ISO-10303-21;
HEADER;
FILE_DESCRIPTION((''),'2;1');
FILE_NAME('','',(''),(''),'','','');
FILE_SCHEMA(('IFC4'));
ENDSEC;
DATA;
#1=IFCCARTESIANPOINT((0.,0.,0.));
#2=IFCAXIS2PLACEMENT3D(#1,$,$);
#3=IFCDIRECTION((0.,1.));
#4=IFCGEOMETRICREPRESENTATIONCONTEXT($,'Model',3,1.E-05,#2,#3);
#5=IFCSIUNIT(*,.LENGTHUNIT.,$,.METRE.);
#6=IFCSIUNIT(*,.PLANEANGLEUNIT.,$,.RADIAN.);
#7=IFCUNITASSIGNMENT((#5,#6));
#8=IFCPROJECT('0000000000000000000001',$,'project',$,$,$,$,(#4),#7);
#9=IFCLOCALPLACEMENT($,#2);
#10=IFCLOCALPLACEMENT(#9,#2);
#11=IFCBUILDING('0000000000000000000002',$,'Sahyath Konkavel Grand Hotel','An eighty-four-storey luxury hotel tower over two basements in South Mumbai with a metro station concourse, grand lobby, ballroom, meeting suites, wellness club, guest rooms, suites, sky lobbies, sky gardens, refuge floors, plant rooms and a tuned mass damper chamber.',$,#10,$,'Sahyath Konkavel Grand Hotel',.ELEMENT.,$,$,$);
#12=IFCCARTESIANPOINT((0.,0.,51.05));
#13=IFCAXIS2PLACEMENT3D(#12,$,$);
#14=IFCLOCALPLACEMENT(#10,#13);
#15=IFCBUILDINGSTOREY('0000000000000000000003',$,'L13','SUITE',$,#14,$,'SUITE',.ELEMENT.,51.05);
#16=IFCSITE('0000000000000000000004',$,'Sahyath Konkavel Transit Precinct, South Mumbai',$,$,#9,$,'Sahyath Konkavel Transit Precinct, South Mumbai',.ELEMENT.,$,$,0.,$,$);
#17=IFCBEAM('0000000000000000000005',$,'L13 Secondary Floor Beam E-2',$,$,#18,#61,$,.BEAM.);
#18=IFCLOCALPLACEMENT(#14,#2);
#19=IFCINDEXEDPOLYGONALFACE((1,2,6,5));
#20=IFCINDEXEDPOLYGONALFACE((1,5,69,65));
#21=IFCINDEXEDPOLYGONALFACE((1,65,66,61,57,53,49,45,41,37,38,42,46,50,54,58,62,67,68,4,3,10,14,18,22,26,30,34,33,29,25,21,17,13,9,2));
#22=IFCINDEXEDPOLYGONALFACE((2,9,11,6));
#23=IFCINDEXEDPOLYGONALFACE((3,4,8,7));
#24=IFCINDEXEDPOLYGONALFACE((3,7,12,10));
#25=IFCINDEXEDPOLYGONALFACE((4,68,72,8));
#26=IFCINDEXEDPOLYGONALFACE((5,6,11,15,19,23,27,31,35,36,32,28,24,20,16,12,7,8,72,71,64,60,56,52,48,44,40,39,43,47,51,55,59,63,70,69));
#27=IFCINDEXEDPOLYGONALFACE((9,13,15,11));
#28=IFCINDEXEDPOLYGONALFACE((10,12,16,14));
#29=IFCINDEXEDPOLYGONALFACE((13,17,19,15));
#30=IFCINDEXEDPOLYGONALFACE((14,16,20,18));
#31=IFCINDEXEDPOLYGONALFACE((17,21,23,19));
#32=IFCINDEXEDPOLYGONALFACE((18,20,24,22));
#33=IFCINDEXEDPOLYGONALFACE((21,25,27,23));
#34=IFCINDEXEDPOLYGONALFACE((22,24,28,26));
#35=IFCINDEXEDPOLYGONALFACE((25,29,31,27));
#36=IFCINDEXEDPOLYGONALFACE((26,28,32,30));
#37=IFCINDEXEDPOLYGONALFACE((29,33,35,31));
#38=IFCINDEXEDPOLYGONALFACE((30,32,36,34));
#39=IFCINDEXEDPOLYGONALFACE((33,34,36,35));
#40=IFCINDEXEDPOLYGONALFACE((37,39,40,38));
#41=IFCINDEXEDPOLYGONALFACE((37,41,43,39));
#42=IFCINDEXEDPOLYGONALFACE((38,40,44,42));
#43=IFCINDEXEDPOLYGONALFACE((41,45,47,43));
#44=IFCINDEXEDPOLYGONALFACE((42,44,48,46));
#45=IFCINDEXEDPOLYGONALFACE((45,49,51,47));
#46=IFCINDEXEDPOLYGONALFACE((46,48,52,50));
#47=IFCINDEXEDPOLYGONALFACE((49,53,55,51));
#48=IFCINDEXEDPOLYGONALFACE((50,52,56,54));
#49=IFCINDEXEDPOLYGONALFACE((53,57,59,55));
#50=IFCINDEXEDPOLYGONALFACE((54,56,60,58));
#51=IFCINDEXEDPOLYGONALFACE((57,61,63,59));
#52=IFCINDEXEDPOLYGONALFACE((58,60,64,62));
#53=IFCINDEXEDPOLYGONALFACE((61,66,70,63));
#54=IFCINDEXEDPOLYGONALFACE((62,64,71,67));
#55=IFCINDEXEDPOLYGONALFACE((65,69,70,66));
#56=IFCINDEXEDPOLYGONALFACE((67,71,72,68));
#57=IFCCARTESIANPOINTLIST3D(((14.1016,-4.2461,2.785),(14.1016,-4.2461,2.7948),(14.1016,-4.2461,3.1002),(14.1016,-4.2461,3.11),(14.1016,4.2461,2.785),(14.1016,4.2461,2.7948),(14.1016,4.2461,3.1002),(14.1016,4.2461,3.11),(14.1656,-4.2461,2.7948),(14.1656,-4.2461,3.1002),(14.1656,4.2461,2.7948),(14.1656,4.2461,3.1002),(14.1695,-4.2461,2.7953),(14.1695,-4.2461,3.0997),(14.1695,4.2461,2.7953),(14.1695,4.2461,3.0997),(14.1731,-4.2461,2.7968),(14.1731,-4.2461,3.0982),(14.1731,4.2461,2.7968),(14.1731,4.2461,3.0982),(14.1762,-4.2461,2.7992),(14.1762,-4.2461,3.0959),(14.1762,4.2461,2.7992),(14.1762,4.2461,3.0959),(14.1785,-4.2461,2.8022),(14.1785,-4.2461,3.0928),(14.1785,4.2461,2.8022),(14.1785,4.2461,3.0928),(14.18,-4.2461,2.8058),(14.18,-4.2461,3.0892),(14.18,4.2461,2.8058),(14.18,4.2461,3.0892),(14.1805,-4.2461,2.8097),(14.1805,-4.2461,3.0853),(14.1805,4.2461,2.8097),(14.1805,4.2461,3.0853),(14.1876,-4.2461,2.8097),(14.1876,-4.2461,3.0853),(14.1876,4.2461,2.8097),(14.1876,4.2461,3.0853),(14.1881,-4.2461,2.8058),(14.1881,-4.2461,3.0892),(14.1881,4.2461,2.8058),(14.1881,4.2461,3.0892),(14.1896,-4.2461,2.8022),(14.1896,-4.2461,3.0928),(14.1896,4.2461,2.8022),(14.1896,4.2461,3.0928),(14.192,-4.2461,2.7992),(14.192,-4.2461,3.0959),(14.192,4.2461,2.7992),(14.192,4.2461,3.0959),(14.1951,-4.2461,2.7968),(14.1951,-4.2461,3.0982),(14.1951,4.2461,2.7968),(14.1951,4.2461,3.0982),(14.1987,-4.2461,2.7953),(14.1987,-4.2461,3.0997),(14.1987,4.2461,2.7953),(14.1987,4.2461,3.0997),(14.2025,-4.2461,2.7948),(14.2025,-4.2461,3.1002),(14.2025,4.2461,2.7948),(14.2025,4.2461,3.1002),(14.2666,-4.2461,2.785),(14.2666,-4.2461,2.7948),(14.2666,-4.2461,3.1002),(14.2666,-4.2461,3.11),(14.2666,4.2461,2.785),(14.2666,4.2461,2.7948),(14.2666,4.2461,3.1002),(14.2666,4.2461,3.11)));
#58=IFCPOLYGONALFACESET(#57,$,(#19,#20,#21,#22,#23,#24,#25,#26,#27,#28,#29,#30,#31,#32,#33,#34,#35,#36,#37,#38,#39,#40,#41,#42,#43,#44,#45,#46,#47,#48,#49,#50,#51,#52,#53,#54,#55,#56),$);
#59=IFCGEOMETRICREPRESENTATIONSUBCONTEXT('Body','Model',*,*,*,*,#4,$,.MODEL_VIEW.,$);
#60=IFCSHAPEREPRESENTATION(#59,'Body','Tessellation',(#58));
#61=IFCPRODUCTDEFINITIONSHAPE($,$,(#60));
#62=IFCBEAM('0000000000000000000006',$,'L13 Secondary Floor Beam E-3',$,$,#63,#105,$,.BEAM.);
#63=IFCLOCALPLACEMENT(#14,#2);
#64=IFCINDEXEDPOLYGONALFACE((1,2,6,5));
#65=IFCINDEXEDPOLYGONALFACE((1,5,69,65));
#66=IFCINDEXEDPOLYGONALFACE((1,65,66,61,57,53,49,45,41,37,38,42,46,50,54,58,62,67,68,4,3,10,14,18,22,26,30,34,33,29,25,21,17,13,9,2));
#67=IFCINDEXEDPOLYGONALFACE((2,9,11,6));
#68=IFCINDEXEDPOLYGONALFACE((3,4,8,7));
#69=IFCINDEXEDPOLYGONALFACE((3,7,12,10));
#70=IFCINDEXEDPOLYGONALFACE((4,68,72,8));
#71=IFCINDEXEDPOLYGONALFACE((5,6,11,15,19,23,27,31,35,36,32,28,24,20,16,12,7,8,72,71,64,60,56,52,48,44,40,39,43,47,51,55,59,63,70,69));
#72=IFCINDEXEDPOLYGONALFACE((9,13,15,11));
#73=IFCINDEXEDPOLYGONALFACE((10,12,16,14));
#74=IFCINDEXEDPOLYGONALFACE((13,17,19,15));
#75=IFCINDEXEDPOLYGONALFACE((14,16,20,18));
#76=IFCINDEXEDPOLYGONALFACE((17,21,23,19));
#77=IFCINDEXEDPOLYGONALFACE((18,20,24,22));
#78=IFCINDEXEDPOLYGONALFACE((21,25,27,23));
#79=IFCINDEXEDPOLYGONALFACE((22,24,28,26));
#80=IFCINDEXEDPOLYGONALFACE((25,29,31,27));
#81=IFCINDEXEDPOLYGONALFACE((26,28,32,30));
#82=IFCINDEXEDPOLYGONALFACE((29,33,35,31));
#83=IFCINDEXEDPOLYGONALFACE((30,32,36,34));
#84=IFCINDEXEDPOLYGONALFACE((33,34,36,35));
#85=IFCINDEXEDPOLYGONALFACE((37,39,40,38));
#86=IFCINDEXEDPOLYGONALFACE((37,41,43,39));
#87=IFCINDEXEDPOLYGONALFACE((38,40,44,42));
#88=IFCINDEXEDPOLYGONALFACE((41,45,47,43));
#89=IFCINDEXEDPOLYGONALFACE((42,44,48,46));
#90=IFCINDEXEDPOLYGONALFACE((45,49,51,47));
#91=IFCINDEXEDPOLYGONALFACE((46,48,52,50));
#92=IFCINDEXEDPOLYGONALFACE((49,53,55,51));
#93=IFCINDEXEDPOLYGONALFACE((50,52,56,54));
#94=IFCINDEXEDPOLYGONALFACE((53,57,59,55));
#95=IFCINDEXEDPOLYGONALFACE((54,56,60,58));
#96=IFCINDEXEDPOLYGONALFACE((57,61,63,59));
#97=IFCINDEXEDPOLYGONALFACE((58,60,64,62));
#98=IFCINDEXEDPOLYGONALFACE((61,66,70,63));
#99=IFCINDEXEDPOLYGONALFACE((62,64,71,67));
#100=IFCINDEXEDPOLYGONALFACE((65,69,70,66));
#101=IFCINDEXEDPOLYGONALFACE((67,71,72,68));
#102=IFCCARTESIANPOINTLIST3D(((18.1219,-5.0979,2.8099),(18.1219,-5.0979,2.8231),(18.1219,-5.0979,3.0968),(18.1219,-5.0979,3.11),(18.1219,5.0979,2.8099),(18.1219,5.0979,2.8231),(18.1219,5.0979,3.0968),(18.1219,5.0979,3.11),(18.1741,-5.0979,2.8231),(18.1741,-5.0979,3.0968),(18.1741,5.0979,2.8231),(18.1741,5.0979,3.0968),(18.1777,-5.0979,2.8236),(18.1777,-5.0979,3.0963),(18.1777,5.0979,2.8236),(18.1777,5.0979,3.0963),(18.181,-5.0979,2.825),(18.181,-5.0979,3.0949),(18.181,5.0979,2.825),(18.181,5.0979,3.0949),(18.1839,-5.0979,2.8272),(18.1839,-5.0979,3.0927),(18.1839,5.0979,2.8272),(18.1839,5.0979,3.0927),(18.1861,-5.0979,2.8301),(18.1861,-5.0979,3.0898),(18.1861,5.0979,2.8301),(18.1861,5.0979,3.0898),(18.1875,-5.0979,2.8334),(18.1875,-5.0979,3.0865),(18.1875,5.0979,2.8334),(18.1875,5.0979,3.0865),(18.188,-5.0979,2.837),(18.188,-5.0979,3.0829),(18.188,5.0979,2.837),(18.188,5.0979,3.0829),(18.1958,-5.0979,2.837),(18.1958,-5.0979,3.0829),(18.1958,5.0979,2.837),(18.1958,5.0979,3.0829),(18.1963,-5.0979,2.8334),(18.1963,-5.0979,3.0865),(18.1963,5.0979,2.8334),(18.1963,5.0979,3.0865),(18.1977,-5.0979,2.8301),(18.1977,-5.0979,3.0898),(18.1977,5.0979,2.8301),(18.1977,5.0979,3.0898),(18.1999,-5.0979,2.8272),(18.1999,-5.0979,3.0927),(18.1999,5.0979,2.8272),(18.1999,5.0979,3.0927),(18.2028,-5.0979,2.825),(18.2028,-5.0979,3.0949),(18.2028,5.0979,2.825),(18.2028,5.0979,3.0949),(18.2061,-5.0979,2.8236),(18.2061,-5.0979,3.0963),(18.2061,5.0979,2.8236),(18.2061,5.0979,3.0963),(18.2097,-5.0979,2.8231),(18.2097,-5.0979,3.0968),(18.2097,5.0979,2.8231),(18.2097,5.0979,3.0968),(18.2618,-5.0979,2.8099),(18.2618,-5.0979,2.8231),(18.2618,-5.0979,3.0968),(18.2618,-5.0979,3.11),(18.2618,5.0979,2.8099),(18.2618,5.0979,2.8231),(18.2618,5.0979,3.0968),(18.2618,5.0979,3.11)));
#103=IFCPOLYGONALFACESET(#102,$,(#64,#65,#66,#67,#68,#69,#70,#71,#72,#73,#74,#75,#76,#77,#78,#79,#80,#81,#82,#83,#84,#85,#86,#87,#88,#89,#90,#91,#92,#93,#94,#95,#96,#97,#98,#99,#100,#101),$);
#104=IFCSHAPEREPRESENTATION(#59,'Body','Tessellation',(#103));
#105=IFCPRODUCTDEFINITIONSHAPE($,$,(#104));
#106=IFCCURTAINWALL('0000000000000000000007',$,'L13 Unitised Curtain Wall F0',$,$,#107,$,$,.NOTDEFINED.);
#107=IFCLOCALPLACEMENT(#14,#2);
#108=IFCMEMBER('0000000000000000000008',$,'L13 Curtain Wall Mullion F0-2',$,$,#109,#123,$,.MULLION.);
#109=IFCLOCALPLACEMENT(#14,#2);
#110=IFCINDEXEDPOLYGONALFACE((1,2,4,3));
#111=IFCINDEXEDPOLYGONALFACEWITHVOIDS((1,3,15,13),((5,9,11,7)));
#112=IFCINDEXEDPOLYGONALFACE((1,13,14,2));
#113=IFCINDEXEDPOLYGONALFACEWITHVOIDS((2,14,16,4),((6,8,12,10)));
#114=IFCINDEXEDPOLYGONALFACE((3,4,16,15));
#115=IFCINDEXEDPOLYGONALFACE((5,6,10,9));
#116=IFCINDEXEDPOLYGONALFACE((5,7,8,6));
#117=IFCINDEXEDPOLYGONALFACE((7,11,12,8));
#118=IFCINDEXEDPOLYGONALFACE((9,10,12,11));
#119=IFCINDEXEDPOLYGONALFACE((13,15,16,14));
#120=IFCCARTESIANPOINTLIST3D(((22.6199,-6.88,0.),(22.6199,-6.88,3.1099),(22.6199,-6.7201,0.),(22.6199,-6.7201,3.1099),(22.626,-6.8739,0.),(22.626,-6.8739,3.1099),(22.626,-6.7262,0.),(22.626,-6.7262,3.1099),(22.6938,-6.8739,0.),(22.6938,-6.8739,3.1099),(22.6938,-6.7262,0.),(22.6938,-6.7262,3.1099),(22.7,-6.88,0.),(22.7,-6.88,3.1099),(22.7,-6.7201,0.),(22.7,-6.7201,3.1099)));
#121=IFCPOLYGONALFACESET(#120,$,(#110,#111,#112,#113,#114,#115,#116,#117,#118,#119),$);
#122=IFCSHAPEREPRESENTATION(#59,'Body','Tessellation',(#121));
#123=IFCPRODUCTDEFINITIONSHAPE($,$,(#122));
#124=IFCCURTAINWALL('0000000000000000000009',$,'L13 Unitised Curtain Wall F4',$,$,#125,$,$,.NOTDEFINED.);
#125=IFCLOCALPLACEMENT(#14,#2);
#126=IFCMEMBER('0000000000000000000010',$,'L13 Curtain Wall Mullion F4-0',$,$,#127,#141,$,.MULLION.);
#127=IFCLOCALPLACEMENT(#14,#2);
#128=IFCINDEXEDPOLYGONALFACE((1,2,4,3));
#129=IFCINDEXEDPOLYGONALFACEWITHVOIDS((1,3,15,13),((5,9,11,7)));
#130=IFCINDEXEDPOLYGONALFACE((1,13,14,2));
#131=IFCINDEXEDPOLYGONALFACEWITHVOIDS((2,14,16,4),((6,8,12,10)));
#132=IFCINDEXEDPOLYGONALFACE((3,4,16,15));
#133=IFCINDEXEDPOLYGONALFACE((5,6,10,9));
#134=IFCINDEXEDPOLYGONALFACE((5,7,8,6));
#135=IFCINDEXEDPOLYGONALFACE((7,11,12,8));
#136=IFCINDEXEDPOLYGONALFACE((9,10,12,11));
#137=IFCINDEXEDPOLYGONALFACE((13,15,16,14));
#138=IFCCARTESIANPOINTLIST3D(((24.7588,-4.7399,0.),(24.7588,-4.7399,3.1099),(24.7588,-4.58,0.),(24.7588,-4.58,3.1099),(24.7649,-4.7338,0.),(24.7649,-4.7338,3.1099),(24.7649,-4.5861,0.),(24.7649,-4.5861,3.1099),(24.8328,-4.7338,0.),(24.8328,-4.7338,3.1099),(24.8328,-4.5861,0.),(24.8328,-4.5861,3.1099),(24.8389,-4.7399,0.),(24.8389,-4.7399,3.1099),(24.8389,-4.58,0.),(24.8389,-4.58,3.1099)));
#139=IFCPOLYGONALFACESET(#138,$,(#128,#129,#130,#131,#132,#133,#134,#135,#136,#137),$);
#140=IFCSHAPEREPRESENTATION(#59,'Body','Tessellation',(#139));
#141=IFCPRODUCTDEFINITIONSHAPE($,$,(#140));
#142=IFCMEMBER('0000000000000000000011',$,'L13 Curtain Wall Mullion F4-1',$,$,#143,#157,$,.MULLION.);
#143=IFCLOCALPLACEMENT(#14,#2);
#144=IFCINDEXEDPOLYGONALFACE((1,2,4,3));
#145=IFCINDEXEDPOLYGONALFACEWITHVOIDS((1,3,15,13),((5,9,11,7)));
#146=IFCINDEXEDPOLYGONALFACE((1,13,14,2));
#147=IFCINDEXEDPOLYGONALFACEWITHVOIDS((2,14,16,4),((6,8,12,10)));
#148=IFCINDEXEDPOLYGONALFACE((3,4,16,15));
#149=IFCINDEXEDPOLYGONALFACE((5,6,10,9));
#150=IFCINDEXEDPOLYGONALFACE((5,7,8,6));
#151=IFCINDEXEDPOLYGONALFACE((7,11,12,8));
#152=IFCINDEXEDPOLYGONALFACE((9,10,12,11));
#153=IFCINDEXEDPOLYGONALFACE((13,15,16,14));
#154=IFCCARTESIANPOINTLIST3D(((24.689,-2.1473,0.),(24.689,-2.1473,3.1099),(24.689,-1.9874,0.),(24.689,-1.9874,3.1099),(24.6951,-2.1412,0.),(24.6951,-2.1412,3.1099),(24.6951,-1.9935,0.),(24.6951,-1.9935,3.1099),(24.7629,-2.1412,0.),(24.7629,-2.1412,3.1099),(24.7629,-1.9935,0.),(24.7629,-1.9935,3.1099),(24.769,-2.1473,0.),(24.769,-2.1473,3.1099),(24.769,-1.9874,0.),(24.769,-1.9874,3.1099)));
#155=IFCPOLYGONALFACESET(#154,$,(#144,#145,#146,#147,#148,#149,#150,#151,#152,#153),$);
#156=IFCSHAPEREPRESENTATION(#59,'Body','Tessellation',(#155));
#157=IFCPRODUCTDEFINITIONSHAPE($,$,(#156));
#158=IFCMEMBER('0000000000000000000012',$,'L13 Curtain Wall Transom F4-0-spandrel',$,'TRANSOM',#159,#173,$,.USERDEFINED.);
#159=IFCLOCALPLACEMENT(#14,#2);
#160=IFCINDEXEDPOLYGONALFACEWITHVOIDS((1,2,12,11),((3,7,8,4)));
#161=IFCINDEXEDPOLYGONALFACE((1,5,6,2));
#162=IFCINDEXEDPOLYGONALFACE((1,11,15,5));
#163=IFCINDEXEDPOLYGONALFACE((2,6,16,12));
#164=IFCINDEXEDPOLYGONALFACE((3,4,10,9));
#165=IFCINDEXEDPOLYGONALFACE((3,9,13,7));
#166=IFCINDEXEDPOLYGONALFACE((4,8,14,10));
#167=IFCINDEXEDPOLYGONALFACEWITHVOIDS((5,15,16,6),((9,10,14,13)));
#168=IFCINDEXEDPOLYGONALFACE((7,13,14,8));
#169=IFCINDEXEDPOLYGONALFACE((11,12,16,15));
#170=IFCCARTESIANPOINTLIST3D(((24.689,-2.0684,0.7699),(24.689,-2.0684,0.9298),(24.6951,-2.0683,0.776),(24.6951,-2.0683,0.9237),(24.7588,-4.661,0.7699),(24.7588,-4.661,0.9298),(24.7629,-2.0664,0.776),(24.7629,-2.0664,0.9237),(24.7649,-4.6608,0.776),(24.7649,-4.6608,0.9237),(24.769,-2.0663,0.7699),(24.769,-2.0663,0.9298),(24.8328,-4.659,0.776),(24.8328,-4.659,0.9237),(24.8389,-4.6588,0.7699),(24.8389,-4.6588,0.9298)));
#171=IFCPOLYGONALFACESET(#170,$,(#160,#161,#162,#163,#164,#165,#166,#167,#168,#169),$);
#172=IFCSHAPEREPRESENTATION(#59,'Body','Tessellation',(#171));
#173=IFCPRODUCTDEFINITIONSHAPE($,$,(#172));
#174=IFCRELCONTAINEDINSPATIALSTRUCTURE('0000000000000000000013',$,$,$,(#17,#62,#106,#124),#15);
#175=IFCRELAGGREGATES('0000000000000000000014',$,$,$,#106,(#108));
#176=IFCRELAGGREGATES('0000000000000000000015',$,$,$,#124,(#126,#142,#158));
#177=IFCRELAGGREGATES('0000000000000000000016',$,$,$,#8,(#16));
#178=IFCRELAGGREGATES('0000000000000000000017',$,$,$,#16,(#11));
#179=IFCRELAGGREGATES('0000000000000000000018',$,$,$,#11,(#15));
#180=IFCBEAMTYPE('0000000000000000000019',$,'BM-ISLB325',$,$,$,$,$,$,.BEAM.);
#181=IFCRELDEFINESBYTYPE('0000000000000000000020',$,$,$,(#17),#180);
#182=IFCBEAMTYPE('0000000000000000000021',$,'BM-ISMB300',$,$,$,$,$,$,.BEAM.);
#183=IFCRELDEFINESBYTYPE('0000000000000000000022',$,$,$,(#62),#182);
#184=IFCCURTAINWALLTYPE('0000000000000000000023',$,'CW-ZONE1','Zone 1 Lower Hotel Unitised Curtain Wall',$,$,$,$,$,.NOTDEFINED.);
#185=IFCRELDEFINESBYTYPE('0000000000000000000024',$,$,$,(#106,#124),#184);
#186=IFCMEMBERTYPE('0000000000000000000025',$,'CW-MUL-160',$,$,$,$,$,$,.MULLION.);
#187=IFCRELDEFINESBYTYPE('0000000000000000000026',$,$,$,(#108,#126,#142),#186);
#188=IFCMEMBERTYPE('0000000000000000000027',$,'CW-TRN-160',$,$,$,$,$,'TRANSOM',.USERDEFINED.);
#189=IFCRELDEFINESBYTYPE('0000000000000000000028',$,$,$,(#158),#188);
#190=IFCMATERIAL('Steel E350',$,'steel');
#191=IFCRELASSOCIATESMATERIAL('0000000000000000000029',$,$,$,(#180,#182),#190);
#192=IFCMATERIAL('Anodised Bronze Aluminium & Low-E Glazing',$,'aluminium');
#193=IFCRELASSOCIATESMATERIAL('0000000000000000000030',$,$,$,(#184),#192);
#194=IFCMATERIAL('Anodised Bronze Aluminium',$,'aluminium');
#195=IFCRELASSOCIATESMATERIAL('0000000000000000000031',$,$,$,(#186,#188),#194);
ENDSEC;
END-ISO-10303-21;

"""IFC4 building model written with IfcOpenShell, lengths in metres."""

from ifc_helpers import new_model, si_unit, direction, frame, origin, origin_2d, place, context, subcontext, project, spatial, hollow_rectangle, i_section, extrude, source, transform, mapped, material, material_profile, profile_set, type_object, element, aggregate, save


model = new_model("IFC4")

# Units and contexts
model_context = context("Model", 3, precision=1e-05, world=origin(), true_north=direction((0.0, 1.0)))
body_context = subcontext(model_context, "Body", "Model", "MODEL_VIEW")
ifc_project = project(units=[si_unit("LENGTHUNIT", "METRE"), si_unit("PLANEANGLEUNIT", "RADIAN")], contexts=[model_context])

# Site, building, storey
site_placement = place(None, origin())
site = spatial("IfcSite", under=ifc_project, at=site_placement, Name="Sahyath Konkavel Transit Precinct, South Mumbai", LongName="Sahyath Konkavel Transit Precinct, South Mumbai", CompositionType="ELEMENT", RefElevation=0.0)
building_placement = place(site_placement, origin())
building = spatial("IfcBuilding", under=site, at=building_placement, Name="Sahyath Konkavel Grand Hotel", Description="An eighty-four-storey luxury hotel tower over two basements in South Mumbai with a metro station concourse, grand lobby, ballroom, meeting suites, wellness club, guest rooms, suites, sky lobbies, sky gardens, refuge floors, plant rooms and a tuned mass damper chamber.", LongName="Sahyath Konkavel Grand Hotel", CompositionType="ELEMENT")
storey_placement = place(building_placement, frame((0.0, 0.0, 51.05)))
storey = spatial("IfcBuildingStorey", under=building, at=storey_placement, Name="L13", Description="SUITE", LongName="SUITE", CompositionType="ELEMENT", Elevation=51.05)

# Beams
ifc_material_1 = material(Name="Steel E350", Category="steel")
ifc_material_profile_1 = material_profile(ifc_material_1, i_section(OverallWidth=0.165, OverallDepth=0.325, WebThickness=0.0071, FlangeThickness=0.0098, FilletRadius=0.0149, at=origin_2d()), Name="ISLB 325")
ifc_profile_set_1 = profile_set([ifc_material_profile_1], Name="Steel E350")
beam_type_1 = type_object("IfcBeamType", Name="BM-ISLB325", PredefinedType="BEAM", material=ifc_profile_set_1)
shared_shape_1 = source(origin(), body_context, "Body", "SweptSolid", [
    extrude(i_section(OverallWidth=0.165, OverallDepth=0.325, WebThickness=0.0071, FlangeThickness=0.0098, FilletRadius=0.0149, at=origin_2d()), origin(), (0.0, 0.0, 1.0), 8.4922),
])
beam_1_placement = place(storey_placement, frame((14.1841, -4.2461, 2.9475), z_axis=(0.0, 1.0, 0.0), x_axis=(-1.0, 0.0, 0.0)))
element("IfcBeam", 1, at=beam_1_placement, inside=storey, type_object=beam_type_1, Name="L13 Secondary Floor Beam E-2", PredefinedType="BEAM", context=body_context, shape_type="MappedRepresentation", body=[
    mapped(shared_shape_1, transform((0.0, 0.0, 0.0), scale=1.0)),
])
ifc_material_profile_2 = material_profile(ifc_material_1, i_section(OverallWidth=0.1399, OverallDepth=0.3, WebThickness=0.0078, FlangeThickness=0.0132, FilletRadius=0.0139, at=origin_2d()), Name="ISMB 300")
ifc_profile_set_2 = profile_set([ifc_material_profile_2], Name="Steel E350")
beam_type_2 = type_object("IfcBeamType", Name="BM-ISMB300", PredefinedType="BEAM", material=ifc_profile_set_2)
shared_shape_2 = source(origin(), body_context, "Body", "SweptSolid", [
    extrude(i_section(OverallWidth=0.1399, OverallDepth=0.3, WebThickness=0.0078, FlangeThickness=0.0132, FilletRadius=0.0139, at=origin_2d()), origin(), (0.0, 0.0, 1.0), 10.1958),
])
beam_2_placement = place(storey_placement, frame((18.1919, -5.0979, 2.96), z_axis=(0.0, 1.0, 0.0), x_axis=(-1.0, 0.0, 0.0)))
element("IfcBeam", 2, at=beam_2_placement, inside=storey, type_object=beam_type_2, Name="L13 Secondary Floor Beam E-3", PredefinedType="BEAM", context=body_context, shape_type="MappedRepresentation", body=[
    mapped(shared_shape_2, transform((0.0, 0.0, 0.0), scale=1.0)),
])

# Curtain wall, member
ifc_material_2 = material(Name="Anodised Bronze Aluminium & Low-E Glazing", Category="aluminium")
curtain_wall_type = type_object("IfcCurtainWallType", Name="CW-ZONE1", Description="Zone 1 Lower Hotel Unitised Curtain Wall", PredefinedType="NOTDEFINED", material=ifc_material_2)
curtain_wall_1_placement = place(storey_placement, origin())
curtain_wall_1 = element("IfcCurtainWall", 3, at=curtain_wall_1_placement, inside=storey, type_object=curtain_wall_type, Name="L13 Unitised Curtain Wall F0", PredefinedType="NOTDEFINED")
ifc_material_3 = material(Name="Anodised Bronze Aluminium", Category="aluminium")
ifc_material_profile_3 = material_profile(ifc_material_3, hollow_rectangle(XDim=0.0801, YDim=0.1599, WallThickness=0.0061, at=origin_2d()), Name="RHS 160x80x6")
ifc_profile_set_3 = profile_set([ifc_material_profile_3], Name="Anodised Bronze Aluminium")
member_type_1 = type_object("IfcMemberType", Name="CW-MUL-160", PredefinedType="MULLION", material=ifc_profile_set_3)
shared_shape_3 = source(origin(), body_context, "Body", "SweptSolid", [
    extrude(hollow_rectangle(XDim=0.0801, YDim=0.1599, WallThickness=0.0061, at=origin_2d()), origin(), (0.0, 0.0, 1.0), 3.1099),
])
member_1_placement = place(storey_placement, frame((22.6599, -6.8, 0.0), z_axis=(0.0, 0.0, 1.0), x_axis=(1.0, 0.0, 0.0)))
member_1 = element("IfcMember", 4, at=member_1_placement, type_object=member_type_1, Name="L13 Curtain Wall Mullion F0-2", PredefinedType="MULLION", context=body_context, shape_type="MappedRepresentation", body=[
    mapped(shared_shape_3, transform((0.0, 0.0, 0.0), scale=1.0)),
])
aggregate(curtain_wall_1, [member_1])

# Curtain wall, members
curtain_wall_2_placement = place(storey_placement, origin())
curtain_wall_2 = element("IfcCurtainWall", 5, at=curtain_wall_2_placement, inside=storey, type_object=curtain_wall_type, Name="L13 Unitised Curtain Wall F4", PredefinedType="NOTDEFINED")
member_2_placement = place(storey_placement, frame((24.7988, -4.6599, 0.0), z_axis=(0.0, 0.0, 1.0), x_axis=(1.0, 0.0, 0.0)))
member_2 = element("IfcMember", 6, at=member_2_placement, type_object=member_type_1, Name="L13 Curtain Wall Mullion F4-0", PredefinedType="MULLION", context=body_context, shape_type="MappedRepresentation", body=[
    mapped(shared_shape_3, transform((0.0, 0.0, 0.0), scale=1.0)),
])
member_3_placement = place(storey_placement, frame((24.729, -2.0674, 0.0), z_axis=(0.0, 0.0, 1.0), x_axis=(1.0, 0.0, 0.0)))
member_3 = element("IfcMember", 7, at=member_3_placement, type_object=member_type_1, Name="L13 Curtain Wall Mullion F4-1", PredefinedType="MULLION", context=body_context, shape_type="MappedRepresentation", body=[
    mapped(shared_shape_3, transform((0.0, 0.0, 0.0), scale=1.0)),
])
ifc_material_profile_4 = material_profile(ifc_material_3, hollow_rectangle(XDim=0.0801, YDim=0.1599, WallThickness=0.0061, at=origin_2d()), Name="RHS 160x80x6")
ifc_profile_set_4 = profile_set([ifc_material_profile_4], Name="Anodised Bronze Aluminium")
member_type_2 = type_object("IfcMemberType", Name="CW-TRN-160", ElementType="TRANSOM", PredefinedType="USERDEFINED", material=ifc_profile_set_4)
shared_shape_4 = source(origin(), body_context, "Body", "SweptSolid", [
    extrude(hollow_rectangle(XDim=0.0801, YDim=0.1599, WallThickness=0.0061, at=origin_2d()), origin(), (0.0, 0.0, 1.0), 2.5935),
])
member_4_placement = place(storey_placement, frame((24.7988, -4.6599, 0.8499), z_axis=(-0.026923, 0.999638, 0.0), x_axis=(-0.999638, -0.026923, 0.0)))
member_4 = element("IfcMember", 8, at=member_4_placement, type_object=member_type_2, Name="L13 Curtain Wall Transom F4-0-spandrel", ObjectType="TRANSOM", PredefinedType="USERDEFINED", context=body_context, shape_type="MappedRepresentation", body=[
    mapped(shared_shape_4, transform((0.0, 0.0, 0.0), scale=1.0)),
])
aggregate(curtain_wall_2, [member_2, member_3, member_4])

save(model, "model.ifc")
